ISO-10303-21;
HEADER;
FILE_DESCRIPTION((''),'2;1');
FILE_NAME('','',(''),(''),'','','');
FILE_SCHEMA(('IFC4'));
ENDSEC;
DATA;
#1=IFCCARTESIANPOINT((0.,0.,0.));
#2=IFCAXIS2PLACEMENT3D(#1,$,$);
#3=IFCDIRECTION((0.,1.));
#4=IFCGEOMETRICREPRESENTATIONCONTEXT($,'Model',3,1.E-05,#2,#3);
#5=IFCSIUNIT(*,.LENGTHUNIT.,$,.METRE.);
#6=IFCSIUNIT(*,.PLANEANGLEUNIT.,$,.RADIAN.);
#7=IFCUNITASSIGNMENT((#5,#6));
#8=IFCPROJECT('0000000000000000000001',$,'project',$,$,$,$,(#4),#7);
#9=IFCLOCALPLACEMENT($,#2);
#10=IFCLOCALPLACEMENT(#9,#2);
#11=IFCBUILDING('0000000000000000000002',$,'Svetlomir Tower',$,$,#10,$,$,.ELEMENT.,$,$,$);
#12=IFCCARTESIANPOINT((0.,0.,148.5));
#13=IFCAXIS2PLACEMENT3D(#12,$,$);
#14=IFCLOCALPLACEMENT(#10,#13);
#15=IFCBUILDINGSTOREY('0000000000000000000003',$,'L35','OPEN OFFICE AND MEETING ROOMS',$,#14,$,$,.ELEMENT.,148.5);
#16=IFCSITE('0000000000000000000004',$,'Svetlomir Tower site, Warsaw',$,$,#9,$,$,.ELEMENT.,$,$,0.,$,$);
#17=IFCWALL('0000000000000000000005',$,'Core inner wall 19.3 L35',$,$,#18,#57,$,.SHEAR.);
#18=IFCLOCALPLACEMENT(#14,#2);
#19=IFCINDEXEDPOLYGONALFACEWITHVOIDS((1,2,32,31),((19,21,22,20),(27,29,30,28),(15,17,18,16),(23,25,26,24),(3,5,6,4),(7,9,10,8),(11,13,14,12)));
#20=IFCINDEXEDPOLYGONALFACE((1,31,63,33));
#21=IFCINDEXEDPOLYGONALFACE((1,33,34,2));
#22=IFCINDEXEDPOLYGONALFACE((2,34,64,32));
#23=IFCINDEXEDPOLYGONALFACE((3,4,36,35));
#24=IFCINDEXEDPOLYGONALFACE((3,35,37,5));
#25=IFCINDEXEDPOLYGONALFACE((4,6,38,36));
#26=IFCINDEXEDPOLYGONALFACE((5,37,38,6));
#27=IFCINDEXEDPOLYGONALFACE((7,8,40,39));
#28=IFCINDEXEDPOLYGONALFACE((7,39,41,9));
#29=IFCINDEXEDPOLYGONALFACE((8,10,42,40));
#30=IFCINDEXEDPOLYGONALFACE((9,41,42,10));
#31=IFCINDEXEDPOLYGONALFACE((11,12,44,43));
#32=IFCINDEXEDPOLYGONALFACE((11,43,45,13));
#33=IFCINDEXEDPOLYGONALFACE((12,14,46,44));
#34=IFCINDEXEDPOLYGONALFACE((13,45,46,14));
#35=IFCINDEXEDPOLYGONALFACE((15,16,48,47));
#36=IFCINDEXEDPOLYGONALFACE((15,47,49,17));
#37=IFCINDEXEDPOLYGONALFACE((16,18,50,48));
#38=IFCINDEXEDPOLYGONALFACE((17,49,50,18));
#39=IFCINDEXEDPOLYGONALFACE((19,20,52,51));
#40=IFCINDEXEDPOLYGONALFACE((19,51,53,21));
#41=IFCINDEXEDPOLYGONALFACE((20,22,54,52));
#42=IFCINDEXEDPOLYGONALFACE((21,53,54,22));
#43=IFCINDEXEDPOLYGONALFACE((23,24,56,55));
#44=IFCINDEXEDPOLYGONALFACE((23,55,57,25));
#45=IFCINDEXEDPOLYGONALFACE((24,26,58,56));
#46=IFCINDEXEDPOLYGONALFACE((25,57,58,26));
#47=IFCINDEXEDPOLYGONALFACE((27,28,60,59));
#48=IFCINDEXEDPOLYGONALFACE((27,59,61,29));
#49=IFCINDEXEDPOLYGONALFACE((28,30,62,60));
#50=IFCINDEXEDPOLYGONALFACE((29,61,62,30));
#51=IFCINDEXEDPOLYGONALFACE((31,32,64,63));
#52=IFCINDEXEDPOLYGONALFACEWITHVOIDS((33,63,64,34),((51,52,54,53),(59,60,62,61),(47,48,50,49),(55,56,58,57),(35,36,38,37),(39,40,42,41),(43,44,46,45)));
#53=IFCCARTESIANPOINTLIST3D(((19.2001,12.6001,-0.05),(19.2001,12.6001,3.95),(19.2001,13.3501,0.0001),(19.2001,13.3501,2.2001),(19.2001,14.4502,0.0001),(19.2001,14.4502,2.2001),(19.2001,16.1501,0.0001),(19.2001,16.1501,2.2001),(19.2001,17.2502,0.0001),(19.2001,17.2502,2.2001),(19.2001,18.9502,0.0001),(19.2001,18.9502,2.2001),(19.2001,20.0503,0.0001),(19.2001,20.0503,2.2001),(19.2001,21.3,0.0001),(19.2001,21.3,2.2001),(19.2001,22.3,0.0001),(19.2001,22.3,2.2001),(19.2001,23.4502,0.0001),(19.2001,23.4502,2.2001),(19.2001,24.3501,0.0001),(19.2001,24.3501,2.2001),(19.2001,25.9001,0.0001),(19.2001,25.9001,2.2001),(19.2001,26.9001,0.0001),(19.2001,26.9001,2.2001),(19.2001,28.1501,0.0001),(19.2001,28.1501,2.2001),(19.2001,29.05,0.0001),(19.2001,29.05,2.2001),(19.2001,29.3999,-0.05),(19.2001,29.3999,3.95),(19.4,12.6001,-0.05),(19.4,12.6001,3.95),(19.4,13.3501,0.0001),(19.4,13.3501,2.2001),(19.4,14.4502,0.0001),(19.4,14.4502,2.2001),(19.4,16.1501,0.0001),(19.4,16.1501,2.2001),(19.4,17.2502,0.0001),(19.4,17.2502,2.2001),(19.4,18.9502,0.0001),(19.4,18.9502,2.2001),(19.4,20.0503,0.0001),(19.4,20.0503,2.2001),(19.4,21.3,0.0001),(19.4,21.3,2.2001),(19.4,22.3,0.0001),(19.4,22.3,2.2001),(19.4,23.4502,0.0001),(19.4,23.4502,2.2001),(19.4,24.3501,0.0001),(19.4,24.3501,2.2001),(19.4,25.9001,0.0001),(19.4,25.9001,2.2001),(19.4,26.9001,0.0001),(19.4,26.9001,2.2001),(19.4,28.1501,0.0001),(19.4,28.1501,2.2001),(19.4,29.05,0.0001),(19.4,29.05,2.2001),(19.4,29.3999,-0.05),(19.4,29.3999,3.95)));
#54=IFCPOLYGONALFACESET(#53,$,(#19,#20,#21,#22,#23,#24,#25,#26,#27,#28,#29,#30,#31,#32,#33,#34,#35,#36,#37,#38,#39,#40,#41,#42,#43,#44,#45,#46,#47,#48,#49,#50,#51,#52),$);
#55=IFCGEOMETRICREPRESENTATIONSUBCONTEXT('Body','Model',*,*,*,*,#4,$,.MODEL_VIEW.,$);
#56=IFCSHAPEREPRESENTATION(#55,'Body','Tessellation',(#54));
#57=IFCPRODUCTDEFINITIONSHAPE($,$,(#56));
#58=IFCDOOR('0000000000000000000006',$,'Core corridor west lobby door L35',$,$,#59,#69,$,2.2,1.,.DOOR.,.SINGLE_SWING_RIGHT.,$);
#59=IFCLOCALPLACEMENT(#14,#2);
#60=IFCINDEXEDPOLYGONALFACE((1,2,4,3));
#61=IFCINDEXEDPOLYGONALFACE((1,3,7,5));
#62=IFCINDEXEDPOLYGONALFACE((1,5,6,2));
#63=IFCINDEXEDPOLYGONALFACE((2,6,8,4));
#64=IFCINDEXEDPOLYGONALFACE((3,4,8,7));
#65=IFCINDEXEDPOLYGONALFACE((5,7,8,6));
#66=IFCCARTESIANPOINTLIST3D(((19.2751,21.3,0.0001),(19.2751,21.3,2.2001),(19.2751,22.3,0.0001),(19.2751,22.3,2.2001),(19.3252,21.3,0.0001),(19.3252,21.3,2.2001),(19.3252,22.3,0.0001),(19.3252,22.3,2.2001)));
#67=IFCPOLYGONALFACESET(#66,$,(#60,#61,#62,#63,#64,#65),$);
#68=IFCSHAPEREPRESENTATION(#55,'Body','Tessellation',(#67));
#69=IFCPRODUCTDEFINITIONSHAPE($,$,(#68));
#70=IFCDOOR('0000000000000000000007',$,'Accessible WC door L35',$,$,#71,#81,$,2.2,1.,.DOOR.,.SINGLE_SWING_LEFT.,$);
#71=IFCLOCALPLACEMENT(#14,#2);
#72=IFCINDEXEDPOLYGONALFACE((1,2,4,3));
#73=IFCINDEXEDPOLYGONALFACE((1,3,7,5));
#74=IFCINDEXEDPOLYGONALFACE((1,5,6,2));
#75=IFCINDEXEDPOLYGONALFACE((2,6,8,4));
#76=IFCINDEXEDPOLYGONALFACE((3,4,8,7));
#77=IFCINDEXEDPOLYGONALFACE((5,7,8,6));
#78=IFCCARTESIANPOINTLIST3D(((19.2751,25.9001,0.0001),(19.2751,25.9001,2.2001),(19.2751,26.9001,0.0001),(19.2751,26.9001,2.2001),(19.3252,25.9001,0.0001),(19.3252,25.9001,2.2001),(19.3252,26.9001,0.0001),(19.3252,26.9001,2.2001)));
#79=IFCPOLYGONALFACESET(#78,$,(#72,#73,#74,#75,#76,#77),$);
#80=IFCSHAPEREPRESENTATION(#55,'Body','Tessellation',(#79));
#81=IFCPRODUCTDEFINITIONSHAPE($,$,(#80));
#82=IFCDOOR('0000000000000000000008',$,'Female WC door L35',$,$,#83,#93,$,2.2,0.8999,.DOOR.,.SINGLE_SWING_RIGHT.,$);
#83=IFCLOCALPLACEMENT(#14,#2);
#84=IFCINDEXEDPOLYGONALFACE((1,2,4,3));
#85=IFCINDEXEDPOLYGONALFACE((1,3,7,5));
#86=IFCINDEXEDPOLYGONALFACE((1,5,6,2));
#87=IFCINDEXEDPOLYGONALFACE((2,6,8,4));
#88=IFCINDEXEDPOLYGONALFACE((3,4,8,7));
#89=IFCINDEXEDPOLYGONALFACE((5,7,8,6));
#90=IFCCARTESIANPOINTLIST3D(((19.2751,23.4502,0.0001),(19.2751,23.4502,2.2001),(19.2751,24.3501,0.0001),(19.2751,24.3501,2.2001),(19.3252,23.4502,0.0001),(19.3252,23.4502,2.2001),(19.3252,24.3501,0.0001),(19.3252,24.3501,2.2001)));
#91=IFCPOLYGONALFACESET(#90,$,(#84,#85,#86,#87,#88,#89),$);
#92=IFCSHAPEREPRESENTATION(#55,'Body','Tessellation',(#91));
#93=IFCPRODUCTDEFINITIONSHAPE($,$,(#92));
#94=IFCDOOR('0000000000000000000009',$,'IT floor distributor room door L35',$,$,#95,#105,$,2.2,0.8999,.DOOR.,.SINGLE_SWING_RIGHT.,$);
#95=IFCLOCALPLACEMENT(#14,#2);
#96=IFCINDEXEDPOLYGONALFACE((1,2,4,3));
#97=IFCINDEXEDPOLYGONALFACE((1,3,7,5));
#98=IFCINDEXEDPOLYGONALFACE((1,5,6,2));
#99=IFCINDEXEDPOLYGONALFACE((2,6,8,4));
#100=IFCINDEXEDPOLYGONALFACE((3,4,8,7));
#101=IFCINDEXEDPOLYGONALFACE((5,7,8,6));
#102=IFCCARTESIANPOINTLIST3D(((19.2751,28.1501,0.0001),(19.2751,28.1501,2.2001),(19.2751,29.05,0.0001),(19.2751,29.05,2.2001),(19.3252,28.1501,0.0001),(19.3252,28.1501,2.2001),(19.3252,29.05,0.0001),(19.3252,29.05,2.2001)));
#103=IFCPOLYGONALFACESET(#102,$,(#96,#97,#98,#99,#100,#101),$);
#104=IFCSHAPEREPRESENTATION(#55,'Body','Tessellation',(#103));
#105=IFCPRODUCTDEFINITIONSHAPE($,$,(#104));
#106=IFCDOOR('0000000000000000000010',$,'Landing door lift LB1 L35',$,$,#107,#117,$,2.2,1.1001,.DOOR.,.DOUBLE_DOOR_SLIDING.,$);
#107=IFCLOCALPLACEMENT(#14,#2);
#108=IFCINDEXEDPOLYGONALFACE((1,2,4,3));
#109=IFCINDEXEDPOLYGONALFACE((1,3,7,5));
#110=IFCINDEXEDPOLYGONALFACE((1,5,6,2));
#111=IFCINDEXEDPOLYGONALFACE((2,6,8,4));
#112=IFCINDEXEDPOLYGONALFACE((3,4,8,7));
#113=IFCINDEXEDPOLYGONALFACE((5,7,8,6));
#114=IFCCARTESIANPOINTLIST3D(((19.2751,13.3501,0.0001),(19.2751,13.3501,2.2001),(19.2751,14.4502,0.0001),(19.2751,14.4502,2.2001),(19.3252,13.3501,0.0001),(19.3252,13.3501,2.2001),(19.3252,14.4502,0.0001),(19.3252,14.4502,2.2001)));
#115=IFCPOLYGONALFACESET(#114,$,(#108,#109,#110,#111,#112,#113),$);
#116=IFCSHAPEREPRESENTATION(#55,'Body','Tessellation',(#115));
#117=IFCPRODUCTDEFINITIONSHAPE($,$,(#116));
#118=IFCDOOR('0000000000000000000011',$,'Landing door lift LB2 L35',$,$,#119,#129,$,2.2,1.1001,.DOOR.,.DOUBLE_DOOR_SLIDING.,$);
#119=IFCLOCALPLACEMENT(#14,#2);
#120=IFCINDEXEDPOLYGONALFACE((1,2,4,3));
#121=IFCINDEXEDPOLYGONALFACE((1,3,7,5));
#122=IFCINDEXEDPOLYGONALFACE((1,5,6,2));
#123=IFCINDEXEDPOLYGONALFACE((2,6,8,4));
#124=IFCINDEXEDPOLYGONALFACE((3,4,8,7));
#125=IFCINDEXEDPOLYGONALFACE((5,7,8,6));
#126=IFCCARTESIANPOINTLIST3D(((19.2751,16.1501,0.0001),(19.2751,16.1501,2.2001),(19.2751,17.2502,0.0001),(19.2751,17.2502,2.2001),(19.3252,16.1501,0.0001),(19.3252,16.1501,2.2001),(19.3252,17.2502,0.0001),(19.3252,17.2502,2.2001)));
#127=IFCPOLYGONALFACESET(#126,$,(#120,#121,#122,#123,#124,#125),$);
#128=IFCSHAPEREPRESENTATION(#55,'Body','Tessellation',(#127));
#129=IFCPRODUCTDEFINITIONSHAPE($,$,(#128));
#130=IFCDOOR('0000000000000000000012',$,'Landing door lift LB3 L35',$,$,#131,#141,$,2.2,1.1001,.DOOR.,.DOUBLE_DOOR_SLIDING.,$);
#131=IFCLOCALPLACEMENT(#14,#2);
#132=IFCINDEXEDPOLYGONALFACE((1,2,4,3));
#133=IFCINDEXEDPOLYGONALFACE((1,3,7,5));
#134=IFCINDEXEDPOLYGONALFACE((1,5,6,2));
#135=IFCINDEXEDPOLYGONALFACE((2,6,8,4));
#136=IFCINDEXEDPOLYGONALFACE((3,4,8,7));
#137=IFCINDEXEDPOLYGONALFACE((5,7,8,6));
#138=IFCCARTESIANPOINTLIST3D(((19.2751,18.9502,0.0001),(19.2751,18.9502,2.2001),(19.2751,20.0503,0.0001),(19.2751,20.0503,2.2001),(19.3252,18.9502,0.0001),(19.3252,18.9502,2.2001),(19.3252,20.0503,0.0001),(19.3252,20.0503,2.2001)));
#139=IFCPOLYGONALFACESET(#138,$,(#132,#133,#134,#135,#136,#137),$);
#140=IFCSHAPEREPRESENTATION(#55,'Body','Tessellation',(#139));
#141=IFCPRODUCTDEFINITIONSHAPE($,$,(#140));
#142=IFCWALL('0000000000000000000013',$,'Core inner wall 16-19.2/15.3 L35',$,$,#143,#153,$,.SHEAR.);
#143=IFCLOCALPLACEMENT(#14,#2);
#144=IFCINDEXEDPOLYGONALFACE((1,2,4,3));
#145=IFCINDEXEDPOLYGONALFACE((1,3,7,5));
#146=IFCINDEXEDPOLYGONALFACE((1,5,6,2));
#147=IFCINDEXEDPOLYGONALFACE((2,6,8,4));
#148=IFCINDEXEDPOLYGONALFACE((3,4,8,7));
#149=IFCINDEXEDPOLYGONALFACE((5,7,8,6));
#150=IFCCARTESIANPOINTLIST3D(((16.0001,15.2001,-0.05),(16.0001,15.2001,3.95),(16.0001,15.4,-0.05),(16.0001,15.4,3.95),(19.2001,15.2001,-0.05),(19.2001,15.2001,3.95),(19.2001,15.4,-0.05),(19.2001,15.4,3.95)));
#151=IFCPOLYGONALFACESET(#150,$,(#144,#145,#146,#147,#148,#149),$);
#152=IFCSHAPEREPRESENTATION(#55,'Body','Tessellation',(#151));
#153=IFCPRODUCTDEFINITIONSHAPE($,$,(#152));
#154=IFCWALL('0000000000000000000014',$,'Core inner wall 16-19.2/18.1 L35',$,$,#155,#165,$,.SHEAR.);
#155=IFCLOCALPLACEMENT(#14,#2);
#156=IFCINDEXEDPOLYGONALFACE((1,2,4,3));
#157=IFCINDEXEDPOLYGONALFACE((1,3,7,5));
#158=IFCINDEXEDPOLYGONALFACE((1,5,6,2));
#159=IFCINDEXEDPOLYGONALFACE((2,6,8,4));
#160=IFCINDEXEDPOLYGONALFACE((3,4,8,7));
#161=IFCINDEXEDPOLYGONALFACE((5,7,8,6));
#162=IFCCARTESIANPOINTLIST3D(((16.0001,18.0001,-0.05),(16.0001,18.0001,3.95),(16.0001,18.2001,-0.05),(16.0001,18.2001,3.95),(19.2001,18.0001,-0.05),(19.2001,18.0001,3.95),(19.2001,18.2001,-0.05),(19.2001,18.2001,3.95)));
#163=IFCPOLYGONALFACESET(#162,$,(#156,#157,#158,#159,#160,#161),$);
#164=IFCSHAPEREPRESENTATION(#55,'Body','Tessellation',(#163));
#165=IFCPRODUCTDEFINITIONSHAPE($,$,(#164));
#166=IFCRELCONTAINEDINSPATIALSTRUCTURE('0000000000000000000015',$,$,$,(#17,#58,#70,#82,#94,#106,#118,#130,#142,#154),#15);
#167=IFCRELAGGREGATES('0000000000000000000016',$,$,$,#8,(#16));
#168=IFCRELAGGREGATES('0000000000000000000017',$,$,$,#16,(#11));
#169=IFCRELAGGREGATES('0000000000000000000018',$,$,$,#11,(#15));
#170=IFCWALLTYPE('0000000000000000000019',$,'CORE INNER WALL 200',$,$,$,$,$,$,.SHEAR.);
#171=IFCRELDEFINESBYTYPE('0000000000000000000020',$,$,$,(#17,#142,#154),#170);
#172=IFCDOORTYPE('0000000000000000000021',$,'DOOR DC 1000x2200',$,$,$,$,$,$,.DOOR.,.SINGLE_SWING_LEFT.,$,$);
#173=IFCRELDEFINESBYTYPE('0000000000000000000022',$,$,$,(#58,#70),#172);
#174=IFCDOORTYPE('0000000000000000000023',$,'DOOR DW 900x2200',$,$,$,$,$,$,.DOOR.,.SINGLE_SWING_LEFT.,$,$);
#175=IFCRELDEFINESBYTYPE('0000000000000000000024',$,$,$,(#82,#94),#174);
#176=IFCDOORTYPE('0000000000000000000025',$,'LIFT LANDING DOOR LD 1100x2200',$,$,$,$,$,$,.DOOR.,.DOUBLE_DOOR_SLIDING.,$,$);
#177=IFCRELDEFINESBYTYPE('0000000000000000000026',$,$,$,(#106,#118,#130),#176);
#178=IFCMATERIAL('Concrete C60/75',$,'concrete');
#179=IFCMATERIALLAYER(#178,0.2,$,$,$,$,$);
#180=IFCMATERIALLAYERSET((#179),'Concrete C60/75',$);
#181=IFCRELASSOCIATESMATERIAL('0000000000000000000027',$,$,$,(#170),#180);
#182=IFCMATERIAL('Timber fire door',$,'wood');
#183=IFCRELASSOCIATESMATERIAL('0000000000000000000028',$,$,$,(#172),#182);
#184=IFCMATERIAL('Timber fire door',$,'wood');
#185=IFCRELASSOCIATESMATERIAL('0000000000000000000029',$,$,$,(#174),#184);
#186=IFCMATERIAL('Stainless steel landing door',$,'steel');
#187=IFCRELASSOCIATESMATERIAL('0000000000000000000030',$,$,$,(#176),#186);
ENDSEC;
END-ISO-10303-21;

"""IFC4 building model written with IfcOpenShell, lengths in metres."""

from ifc_helpers import new_model, si_unit, direction, frame, frame_2d, origin, place, context, subcontext, project, spatial, rectangle, extrude, material, layer, layer_set, type_object, element, fill, save


model = new_model("IFC4")

# Units and contexts
model_context = context("Model", 3, precision=1e-05, world=origin(), true_north=direction((0.0, 1.0)))
body_context = subcontext(model_context, "Body", "Model", "MODEL_VIEW")
ifc_project = project(units=[si_unit("LENGTHUNIT", "METRE"), si_unit("PLANEANGLEUNIT", "RADIAN")], contexts=[model_context])

# Site, building, storey
site_placement = place(None, origin())
site = spatial("IfcSite", under=ifc_project, at=site_placement, Name="Svetlomir Tower site, Warsaw", CompositionType="ELEMENT", RefElevation=0.0)
building_placement = place(site_placement, origin())
building = spatial("IfcBuilding", under=site, at=building_placement, Name="Svetlomir Tower", CompositionType="ELEMENT")
storey_placement = place(building_placement, frame((0.0, 0.0, 148.5)))
storey = spatial("IfcBuildingStorey", under=building, at=storey_placement, Name="L35", Description="OPEN OFFICE AND MEETING ROOMS", CompositionType="ELEMENT", Elevation=148.5)

# Shared definitions
ifc_material_1 = material(Name="Concrete C60/75", Category="concrete")
ifc_layer_1 = layer(ifc_material_1, 0.2)
ifc_layer_set_1 = layer_set([ifc_layer_1], Name="Concrete C60/75")
wall_type_1 = type_object("IfcWallType", Name="CORE INNER WALL 200", PredefinedType="SHEAR", material=ifc_layer_set_1)

# Wall, openings, doors
wall_1_placement = place(storey_placement, frame((19.3, 12.6001, -0.05), z_axis=(0.0, 0.0, 1.0), x_axis=(0.0, 1.0, 0.0)))
wall_1 = element("IfcWall", 1, at=wall_1_placement, inside=storey, type_object=wall_type_1, Name="Core inner wall 19.3 L35", PredefinedType="SHEAR", context=body_context, shape_type="SweptSolid", body=[
    extrude(rectangle(XDim=16.7998, YDim=0.2, at=frame_2d((8.3999, 0.0))), origin(), (0.0, 0.0, 1.0), 4.0),
])
opening_1_placement = place(wall_1_placement, frame((8.7, 0.0, 0.05)))
opening_1 = element("IfcOpeningElement", 2, at=opening_1_placement, cuts=wall_1, PredefinedType="OPENING", context=body_context, shape_type="SweptSolid", body=[
    extrude(rectangle(XDim=1.0, YDim=2.2, at=frame_2d((0.5, 1.1001))), frame((0.0, 0.1099, 0.0), z_axis=(0.0, -1.0, 0.0), x_axis=(1.0, 0.0, 0.0)), (0.0, 0.0, 1.0), 0.22),
])
opening_2_placement = place(wall_1_placement, frame((10.8501, 0.0, 0.05)))
opening_2 = element("IfcOpeningElement", 3, at=opening_2_placement, cuts=wall_1, PredefinedType="OPENING", context=body_context, shape_type="SweptSolid", body=[
    extrude(rectangle(XDim=0.8999, YDim=2.2, at=frame_2d((0.45, 1.1001))), frame((0.0, 0.1099, 0.0), z_axis=(0.0, -1.0, 0.0), x_axis=(1.0, 0.0, 0.0)), (0.0, 0.0, 1.0), 0.22),
])
opening_3_placement = place(wall_1_placement, frame((13.3, 0.0, 0.05)))
opening_3 = element("IfcOpeningElement", 4, at=opening_3_placement, cuts=wall_1, PredefinedType="OPENING", context=body_context, shape_type="SweptSolid", body=[
    extrude(rectangle(XDim=1.0, YDim=2.2, at=frame_2d((0.5, 1.1001))), frame((0.0, 0.1099, 0.0), z_axis=(0.0, -1.0, 0.0), x_axis=(1.0, 0.0, 0.0)), (0.0, 0.0, 1.0), 0.22),
])
opening_4_placement = place(wall_1_placement, frame((15.55, 0.0, 0.05)))
opening_4 = element("IfcOpeningElement", 5, at=opening_4_placement, cuts=wall_1, PredefinedType="OPENING", context=body_context, shape_type="SweptSolid", body=[
    extrude(rectangle(XDim=0.8999, YDim=2.2, at=frame_2d((0.45, 1.1001))), frame((0.0, 0.1099, 0.0), z_axis=(0.0, -1.0, 0.0), x_axis=(1.0, 0.0, 0.0)), (0.0, 0.0, 1.0), 0.22),
])
opening_5_placement = place(wall_1_placement, frame((0.75, 0.0, 0.05)))
opening_5 = element("IfcOpeningElement", 6, at=opening_5_placement, cuts=wall_1, PredefinedType="OPENING", context=body_context, shape_type="SweptSolid", body=[
    extrude(rectangle(XDim=1.1001, YDim=2.2, at=frame_2d((0.55, 1.1001))), frame((0.0, 0.1099, 0.0), z_axis=(0.0, -1.0, 0.0), x_axis=(1.0, 0.0, 0.0)), (0.0, 0.0, 1.0), 0.22),
])
opening_6_placement = place(wall_1_placement, frame((3.55, 0.0, 0.05)))
opening_6 = element("IfcOpeningElement", 7, at=opening_6_placement, cuts=wall_1, PredefinedType="OPENING", context=body_context, shape_type="SweptSolid", body=[
    extrude(rectangle(XDim=1.1001, YDim=2.2, at=frame_2d((0.55, 1.1001))), frame((0.0, 0.1099, 0.0), z_axis=(0.0, -1.0, 0.0), x_axis=(1.0, 0.0, 0.0)), (0.0, 0.0, 1.0), 0.22),
])
opening_7_placement = place(wall_1_placement, frame((6.3501, 0.0, 0.05)))
opening_7 = element("IfcOpeningElement", 8, at=opening_7_placement, cuts=wall_1, PredefinedType="OPENING", context=body_context, shape_type="SweptSolid", body=[
    extrude(rectangle(XDim=1.1001, YDim=2.2, at=frame_2d((0.55, 1.1001))), frame((0.0, 0.1099, 0.0), z_axis=(0.0, -1.0, 0.0), x_axis=(1.0, 0.0, 0.0)), (0.0, 0.0, 1.0), 0.22),
])
ifc_material_2 = material(Name="Timber fire door", Category="wood")
door_type_1 = type_object("IfcDoorType", Name="DOOR DC 1000x2200", OperationType="SINGLE_SWING_LEFT", PredefinedType="DOOR", material=ifc_material_2)
door_1_placement = place(opening_1_placement, origin())
door_1 = element("IfcDoor", 9, at=door_1_placement, inside=storey, type_object=door_type_1, Name="Core corridor west lobby door L35", OperationType="SINGLE_SWING_RIGHT", OverallHeight=2.2, OverallWidth=1.0, PredefinedType="DOOR", context=body_context, shape_type="SweptSolid", body=[
    extrude(rectangle(XDim=1.0, YDim=2.2, at=frame_2d((0.5, 1.1001))), frame((0.0, 0.0249, 0.0), z_axis=(0.0, -1.0, 0.0), x_axis=(1.0, 0.0, 0.0)), (0.0, 0.0, 1.0), 0.05),
])
fill(opening_1, door_1)
door_2_placement = place(opening_3_placement, origin())
door_2 = element("IfcDoor", 10, at=door_2_placement, inside=storey, type_object=door_type_1, Name="Accessible WC door L35", OperationType="SINGLE_SWING_LEFT", OverallHeight=2.2, OverallWidth=1.0, PredefinedType="DOOR", context=body_context, shape_type="SweptSolid", body=[
    extrude(rectangle(XDim=1.0, YDim=2.2, at=frame_2d((0.5, 1.1001))), frame((0.0, 0.0249, 0.0), z_axis=(0.0, -1.0, 0.0), x_axis=(1.0, 0.0, 0.0)), (0.0, 0.0, 1.0), 0.05),
])
fill(opening_3, door_2)
ifc_material_3 = material(Name="Timber fire door", Category="wood")
door_type_2 = type_object("IfcDoorType", Name="DOOR DW 900x2200", OperationType="SINGLE_SWING_LEFT", PredefinedType="DOOR", material=ifc_material_3)
door_3_placement = place(opening_2_placement, origin())
door_3 = element("IfcDoor", 11, at=door_3_placement, inside=storey, type_object=door_type_2, Name="Female WC door L35", OperationType="SINGLE_SWING_RIGHT", OverallHeight=2.2, OverallWidth=0.8999, PredefinedType="DOOR", context=body_context, shape_type="SweptSolid", body=[
    extrude(rectangle(XDim=0.8999, YDim=2.2, at=frame_2d((0.45, 1.1001))), frame((0.0, 0.0249, 0.0), z_axis=(0.0, -1.0, 0.0), x_axis=(1.0, 0.0, 0.0)), (0.0, 0.0, 1.0), 0.05),
])
fill(opening_2, door_3)
door_4_placement = place(opening_4_placement, origin())
door_4 = element("IfcDoor", 12, at=door_4_placement, inside=storey, type_object=door_type_2, Name="IT floor distributor room door L35", OperationType="SINGLE_SWING_RIGHT", OverallHeight=2.2, OverallWidth=0.8999, PredefinedType="DOOR", context=body_context, shape_type="SweptSolid", body=[
    extrude(rectangle(XDim=0.8999, YDim=2.2, at=frame_2d((0.45, 1.1001))), frame((0.0, 0.0249, 0.0), z_axis=(0.0, -1.0, 0.0), x_axis=(1.0, 0.0, 0.0)), (0.0, 0.0, 1.0), 0.05),
])
fill(opening_4, door_4)
ifc_material_4 = material(Name="Stainless steel landing door", Category="steel")
door_type_3 = type_object("IfcDoorType", Name="LIFT LANDING DOOR LD 1100x2200", OperationType="DOUBLE_DOOR_SLIDING", PredefinedType="DOOR", material=ifc_material_4)
door_5_placement = place(opening_5_placement, origin())
door_5 = element("IfcDoor", 13, at=door_5_placement, inside=storey, type_object=door_type_3, Name="Landing door lift LB1 L35", OperationType="DOUBLE_DOOR_SLIDING", OverallHeight=2.2, OverallWidth=1.1001, PredefinedType="DOOR", context=body_context, shape_type="SweptSolid", body=[
    extrude(rectangle(XDim=1.1001, YDim=2.2, at=frame_2d((0.55, 1.1001))), frame((0.0, 0.0249, 0.0), z_axis=(0.0, -1.0, 0.0), x_axis=(1.0, 0.0, 0.0)), (0.0, 0.0, 1.0), 0.05),
])
fill(opening_5, door_5)
door_6_placement = place(opening_6_placement, origin())
door_6 = element("IfcDoor", 14, at=door_6_placement, inside=storey, type_object=door_type_3, Name="Landing door lift LB2 L35", OperationType="DOUBLE_DOOR_SLIDING", OverallHeight=2.2, OverallWidth=1.1001, PredefinedType="DOOR", context=body_context, shape_type="SweptSolid", body=[
    extrude(rectangle(XDim=1.1001, YDim=2.2, at=frame_2d((0.55, 1.1001))), frame((0.0, 0.0249, 0.0), z_axis=(0.0, -1.0, 0.0), x_axis=(1.0, 0.0, 0.0)), (0.0, 0.0, 1.0), 0.05),
])
fill(opening_6, door_6)
door_7_placement = place(opening_7_placement, origin())
door_7 = element("IfcDoor", 15, at=door_7_placement, inside=storey, type_object=door_type_3, Name="Landing door lift LB3 L35", OperationType="DOUBLE_DOOR_SLIDING", OverallHeight=2.2, OverallWidth=1.1001, PredefinedType="DOOR", context=body_context, shape_type="SweptSolid", body=[
    extrude(rectangle(XDim=1.1001, YDim=2.2, at=frame_2d((0.55, 1.1001))), frame((0.0, 0.0249, 0.0), z_axis=(0.0, -1.0, 0.0), x_axis=(1.0, 0.0, 0.0)), (0.0, 0.0, 1.0), 0.05),
])
fill(opening_7, door_7)

# Walls
for number, where, z_axis, x_axis, name in (
    (16, (16.0, 15.3, -0.05), (0.0, 0.0, 1.0), (1.0, 0.0, 0.0), "Core inner wall 16-19.2/15.3 L35"),
    (17, (16.0, 18.1001, -0.05), (0.0, 0.0, 1.0), (1.0, 0.0, 0.0), "Core inner wall 16-19.2/18.1 L35"),
):
    element("IfcWall", number, at=place(storey_placement, frame(where, z_axis=z_axis, x_axis=x_axis)), inside=storey, type_object=wall_type_1, Name=name, PredefinedType="SHEAR", context=body_context, shape_type="SweptSolid", body=[
        extrude(rectangle(XDim=3.2, YDim=0.2, at=frame_2d((1.6001, 0.0))), origin(), (0.0, 0.0, 1.0), 4.0),
    ])

save(model, "model.ifc")
